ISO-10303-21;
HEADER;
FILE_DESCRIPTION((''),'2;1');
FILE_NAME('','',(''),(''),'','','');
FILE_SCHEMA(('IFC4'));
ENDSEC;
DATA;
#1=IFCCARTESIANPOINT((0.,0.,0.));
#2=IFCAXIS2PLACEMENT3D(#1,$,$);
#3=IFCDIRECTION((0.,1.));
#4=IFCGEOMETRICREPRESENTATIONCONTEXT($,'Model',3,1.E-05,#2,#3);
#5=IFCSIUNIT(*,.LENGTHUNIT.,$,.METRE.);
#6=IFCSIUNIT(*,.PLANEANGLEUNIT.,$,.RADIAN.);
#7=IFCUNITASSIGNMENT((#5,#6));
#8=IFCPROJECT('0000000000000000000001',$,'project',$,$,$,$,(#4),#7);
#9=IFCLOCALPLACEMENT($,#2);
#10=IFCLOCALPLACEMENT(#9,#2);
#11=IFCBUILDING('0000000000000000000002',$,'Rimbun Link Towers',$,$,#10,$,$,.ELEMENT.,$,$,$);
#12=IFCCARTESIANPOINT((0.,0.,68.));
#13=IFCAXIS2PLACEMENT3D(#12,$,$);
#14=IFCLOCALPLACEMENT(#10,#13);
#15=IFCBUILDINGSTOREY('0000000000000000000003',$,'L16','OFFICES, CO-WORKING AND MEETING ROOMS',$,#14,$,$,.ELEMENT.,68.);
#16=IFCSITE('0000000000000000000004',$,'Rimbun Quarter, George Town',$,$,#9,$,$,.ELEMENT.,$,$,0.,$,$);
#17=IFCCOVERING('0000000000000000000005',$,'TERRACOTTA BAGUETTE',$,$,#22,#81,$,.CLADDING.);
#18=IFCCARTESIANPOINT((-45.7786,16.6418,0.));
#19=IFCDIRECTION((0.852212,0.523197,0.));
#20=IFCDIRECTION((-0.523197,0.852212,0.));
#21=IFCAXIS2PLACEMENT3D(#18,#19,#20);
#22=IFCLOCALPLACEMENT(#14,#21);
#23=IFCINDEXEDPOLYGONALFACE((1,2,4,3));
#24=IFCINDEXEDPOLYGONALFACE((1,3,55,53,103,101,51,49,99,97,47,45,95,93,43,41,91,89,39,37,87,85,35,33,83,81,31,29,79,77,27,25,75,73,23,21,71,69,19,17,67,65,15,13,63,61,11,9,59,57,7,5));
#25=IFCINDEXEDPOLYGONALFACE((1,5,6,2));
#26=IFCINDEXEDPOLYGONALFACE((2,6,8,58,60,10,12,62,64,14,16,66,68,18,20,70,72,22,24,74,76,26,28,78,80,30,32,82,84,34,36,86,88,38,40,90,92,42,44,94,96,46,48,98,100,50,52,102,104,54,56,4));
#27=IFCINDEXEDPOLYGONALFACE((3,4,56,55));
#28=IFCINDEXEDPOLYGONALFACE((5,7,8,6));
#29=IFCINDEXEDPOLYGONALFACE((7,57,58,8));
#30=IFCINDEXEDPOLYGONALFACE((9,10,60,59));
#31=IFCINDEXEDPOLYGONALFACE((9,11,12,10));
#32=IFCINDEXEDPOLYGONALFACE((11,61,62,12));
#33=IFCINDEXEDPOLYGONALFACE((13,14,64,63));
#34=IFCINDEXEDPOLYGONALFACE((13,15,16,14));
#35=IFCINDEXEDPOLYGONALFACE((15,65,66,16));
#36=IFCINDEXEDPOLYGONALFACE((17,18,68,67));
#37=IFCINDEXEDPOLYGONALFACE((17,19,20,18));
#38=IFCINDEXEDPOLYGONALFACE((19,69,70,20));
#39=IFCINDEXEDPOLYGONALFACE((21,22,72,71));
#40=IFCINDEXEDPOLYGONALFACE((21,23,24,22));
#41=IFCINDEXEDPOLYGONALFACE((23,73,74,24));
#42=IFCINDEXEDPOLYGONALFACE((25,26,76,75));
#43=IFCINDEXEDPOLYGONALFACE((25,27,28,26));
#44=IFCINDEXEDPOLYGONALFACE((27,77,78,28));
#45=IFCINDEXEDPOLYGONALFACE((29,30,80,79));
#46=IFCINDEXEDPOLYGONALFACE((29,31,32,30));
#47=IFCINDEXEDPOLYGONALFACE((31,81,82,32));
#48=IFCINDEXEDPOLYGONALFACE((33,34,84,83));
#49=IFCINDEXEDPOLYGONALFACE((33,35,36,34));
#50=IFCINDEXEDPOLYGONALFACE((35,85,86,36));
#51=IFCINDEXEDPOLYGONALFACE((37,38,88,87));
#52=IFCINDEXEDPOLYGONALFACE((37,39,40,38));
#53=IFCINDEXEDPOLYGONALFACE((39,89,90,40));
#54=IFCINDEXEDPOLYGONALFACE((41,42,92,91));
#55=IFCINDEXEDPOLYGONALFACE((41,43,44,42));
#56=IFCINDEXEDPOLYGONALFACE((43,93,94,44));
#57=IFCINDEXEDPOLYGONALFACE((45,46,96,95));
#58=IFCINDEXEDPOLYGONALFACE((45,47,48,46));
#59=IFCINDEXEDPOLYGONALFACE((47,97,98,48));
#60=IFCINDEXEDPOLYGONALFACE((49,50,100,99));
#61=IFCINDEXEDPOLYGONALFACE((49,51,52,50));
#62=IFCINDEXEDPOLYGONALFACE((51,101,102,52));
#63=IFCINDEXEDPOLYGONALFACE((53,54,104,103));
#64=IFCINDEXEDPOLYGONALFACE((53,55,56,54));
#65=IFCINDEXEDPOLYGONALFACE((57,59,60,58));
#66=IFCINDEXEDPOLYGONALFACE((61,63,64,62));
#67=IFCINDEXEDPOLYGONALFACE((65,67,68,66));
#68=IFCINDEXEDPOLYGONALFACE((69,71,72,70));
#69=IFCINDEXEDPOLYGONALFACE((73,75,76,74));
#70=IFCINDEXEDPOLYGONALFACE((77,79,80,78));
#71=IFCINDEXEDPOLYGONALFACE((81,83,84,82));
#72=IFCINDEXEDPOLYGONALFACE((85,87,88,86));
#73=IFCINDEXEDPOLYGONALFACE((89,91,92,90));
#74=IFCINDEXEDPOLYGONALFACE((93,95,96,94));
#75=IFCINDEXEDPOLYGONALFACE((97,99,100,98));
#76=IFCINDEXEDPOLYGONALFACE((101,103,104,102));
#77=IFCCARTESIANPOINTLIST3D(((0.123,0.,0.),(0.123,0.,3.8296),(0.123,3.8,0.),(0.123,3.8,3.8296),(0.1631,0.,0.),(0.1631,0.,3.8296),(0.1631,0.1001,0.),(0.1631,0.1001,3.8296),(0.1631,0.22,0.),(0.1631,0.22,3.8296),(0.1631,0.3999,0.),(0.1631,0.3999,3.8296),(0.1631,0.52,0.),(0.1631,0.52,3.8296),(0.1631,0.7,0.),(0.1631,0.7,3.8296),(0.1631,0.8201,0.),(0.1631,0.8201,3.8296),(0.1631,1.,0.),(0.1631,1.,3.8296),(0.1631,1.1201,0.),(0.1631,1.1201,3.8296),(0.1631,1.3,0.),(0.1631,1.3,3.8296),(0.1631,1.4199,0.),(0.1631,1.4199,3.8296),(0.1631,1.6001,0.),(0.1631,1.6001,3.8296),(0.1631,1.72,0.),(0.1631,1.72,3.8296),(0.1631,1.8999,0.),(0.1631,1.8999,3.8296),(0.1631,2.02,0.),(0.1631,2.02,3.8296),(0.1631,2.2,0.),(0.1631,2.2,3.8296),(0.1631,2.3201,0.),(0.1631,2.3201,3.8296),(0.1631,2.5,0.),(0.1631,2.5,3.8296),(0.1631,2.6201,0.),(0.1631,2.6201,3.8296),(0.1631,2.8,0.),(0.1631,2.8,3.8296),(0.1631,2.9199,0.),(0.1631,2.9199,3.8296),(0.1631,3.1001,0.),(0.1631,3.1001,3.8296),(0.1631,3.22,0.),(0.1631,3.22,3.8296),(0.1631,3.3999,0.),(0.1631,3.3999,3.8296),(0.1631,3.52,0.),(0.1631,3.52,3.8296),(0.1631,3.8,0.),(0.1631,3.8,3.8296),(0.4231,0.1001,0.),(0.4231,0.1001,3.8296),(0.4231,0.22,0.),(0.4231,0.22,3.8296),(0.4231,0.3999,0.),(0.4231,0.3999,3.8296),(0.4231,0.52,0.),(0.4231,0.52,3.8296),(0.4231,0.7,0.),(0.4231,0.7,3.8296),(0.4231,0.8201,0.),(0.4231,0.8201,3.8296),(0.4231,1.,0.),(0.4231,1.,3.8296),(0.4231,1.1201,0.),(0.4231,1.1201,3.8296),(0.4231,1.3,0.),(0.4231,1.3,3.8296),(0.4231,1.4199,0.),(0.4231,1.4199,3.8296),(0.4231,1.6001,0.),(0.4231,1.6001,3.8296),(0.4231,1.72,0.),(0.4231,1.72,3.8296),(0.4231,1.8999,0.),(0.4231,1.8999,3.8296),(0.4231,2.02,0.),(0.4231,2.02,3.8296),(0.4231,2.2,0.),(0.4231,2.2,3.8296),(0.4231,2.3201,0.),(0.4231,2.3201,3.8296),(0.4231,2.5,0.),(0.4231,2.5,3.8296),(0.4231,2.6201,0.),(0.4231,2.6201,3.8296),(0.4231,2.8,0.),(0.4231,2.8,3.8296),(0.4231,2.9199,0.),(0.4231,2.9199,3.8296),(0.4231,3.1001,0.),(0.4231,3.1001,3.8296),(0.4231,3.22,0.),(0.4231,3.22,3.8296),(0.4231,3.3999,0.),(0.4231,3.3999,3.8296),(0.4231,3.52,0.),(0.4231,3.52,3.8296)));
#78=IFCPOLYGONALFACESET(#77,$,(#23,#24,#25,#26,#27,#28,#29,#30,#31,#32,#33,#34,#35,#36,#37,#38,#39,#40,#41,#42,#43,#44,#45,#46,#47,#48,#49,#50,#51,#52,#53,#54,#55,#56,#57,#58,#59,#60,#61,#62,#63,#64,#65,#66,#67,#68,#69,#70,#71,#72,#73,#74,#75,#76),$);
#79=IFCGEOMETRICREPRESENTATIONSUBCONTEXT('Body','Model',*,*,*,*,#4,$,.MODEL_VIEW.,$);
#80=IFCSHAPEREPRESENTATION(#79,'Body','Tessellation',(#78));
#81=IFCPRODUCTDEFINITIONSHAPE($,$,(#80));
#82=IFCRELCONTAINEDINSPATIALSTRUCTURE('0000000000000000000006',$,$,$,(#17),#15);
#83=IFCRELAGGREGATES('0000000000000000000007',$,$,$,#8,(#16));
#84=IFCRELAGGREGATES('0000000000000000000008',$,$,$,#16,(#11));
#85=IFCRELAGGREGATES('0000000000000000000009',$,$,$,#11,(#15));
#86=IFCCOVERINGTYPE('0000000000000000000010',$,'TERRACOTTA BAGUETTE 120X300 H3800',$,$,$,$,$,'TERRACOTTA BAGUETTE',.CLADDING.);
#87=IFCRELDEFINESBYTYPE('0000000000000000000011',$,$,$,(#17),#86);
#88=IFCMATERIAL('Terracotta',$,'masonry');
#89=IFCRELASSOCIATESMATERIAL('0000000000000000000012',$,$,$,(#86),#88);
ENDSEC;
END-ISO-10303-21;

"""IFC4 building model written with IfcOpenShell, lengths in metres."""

from ifc_helpers import new_model, si_unit, direction, frame, origin, place, context, subcontext, project, spatial, polyline, outline, extrude, material, material_profile, profile_set, type_object, element, save


model = new_model("IFC4")

# Units and contexts
model_context = context("Model", 3, precision=1e-05, world=origin(), true_north=direction((0.0, 1.0)))
body_context = subcontext(model_context, "Body", "Model", "MODEL_VIEW")
ifc_project = project(units=[si_unit("LENGTHUNIT", "METRE"), si_unit("PLANEANGLEUNIT", "RADIAN")], contexts=[model_context])

# Site, building, storey
site_placement = place(None, origin())
site = spatial("IfcSite", under=ifc_project, at=site_placement, Name="Rimbun Quarter, George Town", CompositionType="ELEMENT", RefElevation=0.0)
building_placement = place(site_placement, origin())
building = spatial("IfcBuilding", under=site, at=building_placement, Name="Rimbun Link Towers", CompositionType="ELEMENT")
storey_placement = place(building_placement, frame((0.0, 0.0, 68.0)))
storey = spatial("IfcBuildingStorey", under=building, at=storey_placement, Name="L16", Description="OFFICES, CO-WORKING AND MEETING ROOMS", CompositionType="ELEMENT", Elevation=68.0)

# Covering
ifc_material_1 = material(Name="Terracotta", Category="masonry")
ifc_material_profile_1 = material_profile(ifc_material_1, outline(polyline([(0.123, 0.0), (0.1631, 0.0), (0.1631, 0.1001), (0.4231, 0.1001), (0.4231, 0.22), (0.1631, 0.22), (0.1631, 0.3999), (0.4231, 0.3999), (0.4231, 0.52), (0.1631, 0.52), (0.1631, 0.7), (0.4231, 0.7), (0.4231, 0.8201), (0.1631, 0.8201), (0.1631, 1.0), (0.4231, 1.0), (0.4231, 1.1201), (0.1631, 1.1201), (0.1631, 1.3), (0.4231, 1.3), (0.4231, 1.4199), (0.1631, 1.4199), (0.1631, 1.6001), (0.4231, 1.6001), (0.4231, 1.72), (0.1631, 1.72), (0.1631, 1.8999), (0.4231, 1.8999), (0.4231, 2.02), (0.1631, 2.02), (0.1631, 2.2), (0.4231, 2.2), (0.4231, 2.3201), (0.1631, 2.3201), (0.1631, 2.5), (0.4231, 2.5), (0.4231, 2.6201), (0.1631, 2.6201), (0.1631, 2.8), (0.4231, 2.8), (0.4231, 2.9199), (0.1631, 2.9199), (0.1631, 3.1001), (0.4231, 3.1001), (0.4231, 3.22), (0.1631, 3.22), (0.1631, 3.3999), (0.4231, 3.3999), (0.4231, 3.52), (0.1631, 3.52), (0.1631, 3.8), (0.123, 3.8), (0.123, 0.0)])), Name="BAGUETTE 120X300")
ifc_profile_set_1 = profile_set([ifc_material_profile_1], Name="Terracotta")
covering_type = type_object("IfcCoveringType", Name="TERRACOTTA BAGUETTE 120X300 H3800", ElementType="TERRACOTTA BAGUETTE", PredefinedType="CLADDING", material=ifc_profile_set_1)
covering_1_placement = place(storey_placement, frame((-45.7786, 16.6418, 0.0), z_axis=(0.852212, 0.523197, 0.0), x_axis=(-0.523197, 0.852212, 0.0)))
element("IfcCovering", 1, at=covering_1_placement, inside=storey, type_object=covering_type, Name="TERRACOTTA BAGUETTE", PredefinedType="CLADDING", context=body_context, shape_type="SweptSolid", body=[
    extrude(outline(polyline([(0.123, 0.0), (0.1631, 0.0), (0.1631, 0.1001), (0.4231, 0.1001), (0.4231, 0.22), (0.1631, 0.22), (0.1631, 0.3999), (0.4231, 0.3999), (0.4231, 0.52), (0.1631, 0.52), (0.1631, 0.7), (0.4231, 0.7), (0.4231, 0.8201), (0.1631, 0.8201), (0.1631, 1.0), (0.4231, 1.0), (0.4231, 1.1201), (0.1631, 1.1201), (0.1631, 1.3), (0.4231, 1.3), (0.4231, 1.4199), (0.1631, 1.4199), (0.1631, 1.6001), (0.4231, 1.6001), (0.4231, 1.72), (0.1631, 1.72), (0.1631, 1.8999), (0.4231, 1.8999), (0.4231, 2.02), (0.1631, 2.02), (0.1631, 2.2), (0.4231, 2.2), (0.4231, 2.3201), (0.1631, 2.3201), (0.1631, 2.5), (0.4231, 2.5), (0.4231, 2.6201), (0.1631, 2.6201), (0.1631, 2.8), (0.4231, 2.8), (0.4231, 2.9199), (0.1631, 2.9199), (0.1631, 3.1001), (0.4231, 3.1001), (0.4231, 3.22), (0.1631, 3.22), (0.1631, 3.3999), (0.4231, 3.3999), (0.4231, 3.52), (0.1631, 3.52), (0.1631, 3.8), (0.123, 3.8), (0.123, 0.0)])), origin(), (0.0, 0.0, 1.0), 3.8296),
])

save(model, "model.ifc")
